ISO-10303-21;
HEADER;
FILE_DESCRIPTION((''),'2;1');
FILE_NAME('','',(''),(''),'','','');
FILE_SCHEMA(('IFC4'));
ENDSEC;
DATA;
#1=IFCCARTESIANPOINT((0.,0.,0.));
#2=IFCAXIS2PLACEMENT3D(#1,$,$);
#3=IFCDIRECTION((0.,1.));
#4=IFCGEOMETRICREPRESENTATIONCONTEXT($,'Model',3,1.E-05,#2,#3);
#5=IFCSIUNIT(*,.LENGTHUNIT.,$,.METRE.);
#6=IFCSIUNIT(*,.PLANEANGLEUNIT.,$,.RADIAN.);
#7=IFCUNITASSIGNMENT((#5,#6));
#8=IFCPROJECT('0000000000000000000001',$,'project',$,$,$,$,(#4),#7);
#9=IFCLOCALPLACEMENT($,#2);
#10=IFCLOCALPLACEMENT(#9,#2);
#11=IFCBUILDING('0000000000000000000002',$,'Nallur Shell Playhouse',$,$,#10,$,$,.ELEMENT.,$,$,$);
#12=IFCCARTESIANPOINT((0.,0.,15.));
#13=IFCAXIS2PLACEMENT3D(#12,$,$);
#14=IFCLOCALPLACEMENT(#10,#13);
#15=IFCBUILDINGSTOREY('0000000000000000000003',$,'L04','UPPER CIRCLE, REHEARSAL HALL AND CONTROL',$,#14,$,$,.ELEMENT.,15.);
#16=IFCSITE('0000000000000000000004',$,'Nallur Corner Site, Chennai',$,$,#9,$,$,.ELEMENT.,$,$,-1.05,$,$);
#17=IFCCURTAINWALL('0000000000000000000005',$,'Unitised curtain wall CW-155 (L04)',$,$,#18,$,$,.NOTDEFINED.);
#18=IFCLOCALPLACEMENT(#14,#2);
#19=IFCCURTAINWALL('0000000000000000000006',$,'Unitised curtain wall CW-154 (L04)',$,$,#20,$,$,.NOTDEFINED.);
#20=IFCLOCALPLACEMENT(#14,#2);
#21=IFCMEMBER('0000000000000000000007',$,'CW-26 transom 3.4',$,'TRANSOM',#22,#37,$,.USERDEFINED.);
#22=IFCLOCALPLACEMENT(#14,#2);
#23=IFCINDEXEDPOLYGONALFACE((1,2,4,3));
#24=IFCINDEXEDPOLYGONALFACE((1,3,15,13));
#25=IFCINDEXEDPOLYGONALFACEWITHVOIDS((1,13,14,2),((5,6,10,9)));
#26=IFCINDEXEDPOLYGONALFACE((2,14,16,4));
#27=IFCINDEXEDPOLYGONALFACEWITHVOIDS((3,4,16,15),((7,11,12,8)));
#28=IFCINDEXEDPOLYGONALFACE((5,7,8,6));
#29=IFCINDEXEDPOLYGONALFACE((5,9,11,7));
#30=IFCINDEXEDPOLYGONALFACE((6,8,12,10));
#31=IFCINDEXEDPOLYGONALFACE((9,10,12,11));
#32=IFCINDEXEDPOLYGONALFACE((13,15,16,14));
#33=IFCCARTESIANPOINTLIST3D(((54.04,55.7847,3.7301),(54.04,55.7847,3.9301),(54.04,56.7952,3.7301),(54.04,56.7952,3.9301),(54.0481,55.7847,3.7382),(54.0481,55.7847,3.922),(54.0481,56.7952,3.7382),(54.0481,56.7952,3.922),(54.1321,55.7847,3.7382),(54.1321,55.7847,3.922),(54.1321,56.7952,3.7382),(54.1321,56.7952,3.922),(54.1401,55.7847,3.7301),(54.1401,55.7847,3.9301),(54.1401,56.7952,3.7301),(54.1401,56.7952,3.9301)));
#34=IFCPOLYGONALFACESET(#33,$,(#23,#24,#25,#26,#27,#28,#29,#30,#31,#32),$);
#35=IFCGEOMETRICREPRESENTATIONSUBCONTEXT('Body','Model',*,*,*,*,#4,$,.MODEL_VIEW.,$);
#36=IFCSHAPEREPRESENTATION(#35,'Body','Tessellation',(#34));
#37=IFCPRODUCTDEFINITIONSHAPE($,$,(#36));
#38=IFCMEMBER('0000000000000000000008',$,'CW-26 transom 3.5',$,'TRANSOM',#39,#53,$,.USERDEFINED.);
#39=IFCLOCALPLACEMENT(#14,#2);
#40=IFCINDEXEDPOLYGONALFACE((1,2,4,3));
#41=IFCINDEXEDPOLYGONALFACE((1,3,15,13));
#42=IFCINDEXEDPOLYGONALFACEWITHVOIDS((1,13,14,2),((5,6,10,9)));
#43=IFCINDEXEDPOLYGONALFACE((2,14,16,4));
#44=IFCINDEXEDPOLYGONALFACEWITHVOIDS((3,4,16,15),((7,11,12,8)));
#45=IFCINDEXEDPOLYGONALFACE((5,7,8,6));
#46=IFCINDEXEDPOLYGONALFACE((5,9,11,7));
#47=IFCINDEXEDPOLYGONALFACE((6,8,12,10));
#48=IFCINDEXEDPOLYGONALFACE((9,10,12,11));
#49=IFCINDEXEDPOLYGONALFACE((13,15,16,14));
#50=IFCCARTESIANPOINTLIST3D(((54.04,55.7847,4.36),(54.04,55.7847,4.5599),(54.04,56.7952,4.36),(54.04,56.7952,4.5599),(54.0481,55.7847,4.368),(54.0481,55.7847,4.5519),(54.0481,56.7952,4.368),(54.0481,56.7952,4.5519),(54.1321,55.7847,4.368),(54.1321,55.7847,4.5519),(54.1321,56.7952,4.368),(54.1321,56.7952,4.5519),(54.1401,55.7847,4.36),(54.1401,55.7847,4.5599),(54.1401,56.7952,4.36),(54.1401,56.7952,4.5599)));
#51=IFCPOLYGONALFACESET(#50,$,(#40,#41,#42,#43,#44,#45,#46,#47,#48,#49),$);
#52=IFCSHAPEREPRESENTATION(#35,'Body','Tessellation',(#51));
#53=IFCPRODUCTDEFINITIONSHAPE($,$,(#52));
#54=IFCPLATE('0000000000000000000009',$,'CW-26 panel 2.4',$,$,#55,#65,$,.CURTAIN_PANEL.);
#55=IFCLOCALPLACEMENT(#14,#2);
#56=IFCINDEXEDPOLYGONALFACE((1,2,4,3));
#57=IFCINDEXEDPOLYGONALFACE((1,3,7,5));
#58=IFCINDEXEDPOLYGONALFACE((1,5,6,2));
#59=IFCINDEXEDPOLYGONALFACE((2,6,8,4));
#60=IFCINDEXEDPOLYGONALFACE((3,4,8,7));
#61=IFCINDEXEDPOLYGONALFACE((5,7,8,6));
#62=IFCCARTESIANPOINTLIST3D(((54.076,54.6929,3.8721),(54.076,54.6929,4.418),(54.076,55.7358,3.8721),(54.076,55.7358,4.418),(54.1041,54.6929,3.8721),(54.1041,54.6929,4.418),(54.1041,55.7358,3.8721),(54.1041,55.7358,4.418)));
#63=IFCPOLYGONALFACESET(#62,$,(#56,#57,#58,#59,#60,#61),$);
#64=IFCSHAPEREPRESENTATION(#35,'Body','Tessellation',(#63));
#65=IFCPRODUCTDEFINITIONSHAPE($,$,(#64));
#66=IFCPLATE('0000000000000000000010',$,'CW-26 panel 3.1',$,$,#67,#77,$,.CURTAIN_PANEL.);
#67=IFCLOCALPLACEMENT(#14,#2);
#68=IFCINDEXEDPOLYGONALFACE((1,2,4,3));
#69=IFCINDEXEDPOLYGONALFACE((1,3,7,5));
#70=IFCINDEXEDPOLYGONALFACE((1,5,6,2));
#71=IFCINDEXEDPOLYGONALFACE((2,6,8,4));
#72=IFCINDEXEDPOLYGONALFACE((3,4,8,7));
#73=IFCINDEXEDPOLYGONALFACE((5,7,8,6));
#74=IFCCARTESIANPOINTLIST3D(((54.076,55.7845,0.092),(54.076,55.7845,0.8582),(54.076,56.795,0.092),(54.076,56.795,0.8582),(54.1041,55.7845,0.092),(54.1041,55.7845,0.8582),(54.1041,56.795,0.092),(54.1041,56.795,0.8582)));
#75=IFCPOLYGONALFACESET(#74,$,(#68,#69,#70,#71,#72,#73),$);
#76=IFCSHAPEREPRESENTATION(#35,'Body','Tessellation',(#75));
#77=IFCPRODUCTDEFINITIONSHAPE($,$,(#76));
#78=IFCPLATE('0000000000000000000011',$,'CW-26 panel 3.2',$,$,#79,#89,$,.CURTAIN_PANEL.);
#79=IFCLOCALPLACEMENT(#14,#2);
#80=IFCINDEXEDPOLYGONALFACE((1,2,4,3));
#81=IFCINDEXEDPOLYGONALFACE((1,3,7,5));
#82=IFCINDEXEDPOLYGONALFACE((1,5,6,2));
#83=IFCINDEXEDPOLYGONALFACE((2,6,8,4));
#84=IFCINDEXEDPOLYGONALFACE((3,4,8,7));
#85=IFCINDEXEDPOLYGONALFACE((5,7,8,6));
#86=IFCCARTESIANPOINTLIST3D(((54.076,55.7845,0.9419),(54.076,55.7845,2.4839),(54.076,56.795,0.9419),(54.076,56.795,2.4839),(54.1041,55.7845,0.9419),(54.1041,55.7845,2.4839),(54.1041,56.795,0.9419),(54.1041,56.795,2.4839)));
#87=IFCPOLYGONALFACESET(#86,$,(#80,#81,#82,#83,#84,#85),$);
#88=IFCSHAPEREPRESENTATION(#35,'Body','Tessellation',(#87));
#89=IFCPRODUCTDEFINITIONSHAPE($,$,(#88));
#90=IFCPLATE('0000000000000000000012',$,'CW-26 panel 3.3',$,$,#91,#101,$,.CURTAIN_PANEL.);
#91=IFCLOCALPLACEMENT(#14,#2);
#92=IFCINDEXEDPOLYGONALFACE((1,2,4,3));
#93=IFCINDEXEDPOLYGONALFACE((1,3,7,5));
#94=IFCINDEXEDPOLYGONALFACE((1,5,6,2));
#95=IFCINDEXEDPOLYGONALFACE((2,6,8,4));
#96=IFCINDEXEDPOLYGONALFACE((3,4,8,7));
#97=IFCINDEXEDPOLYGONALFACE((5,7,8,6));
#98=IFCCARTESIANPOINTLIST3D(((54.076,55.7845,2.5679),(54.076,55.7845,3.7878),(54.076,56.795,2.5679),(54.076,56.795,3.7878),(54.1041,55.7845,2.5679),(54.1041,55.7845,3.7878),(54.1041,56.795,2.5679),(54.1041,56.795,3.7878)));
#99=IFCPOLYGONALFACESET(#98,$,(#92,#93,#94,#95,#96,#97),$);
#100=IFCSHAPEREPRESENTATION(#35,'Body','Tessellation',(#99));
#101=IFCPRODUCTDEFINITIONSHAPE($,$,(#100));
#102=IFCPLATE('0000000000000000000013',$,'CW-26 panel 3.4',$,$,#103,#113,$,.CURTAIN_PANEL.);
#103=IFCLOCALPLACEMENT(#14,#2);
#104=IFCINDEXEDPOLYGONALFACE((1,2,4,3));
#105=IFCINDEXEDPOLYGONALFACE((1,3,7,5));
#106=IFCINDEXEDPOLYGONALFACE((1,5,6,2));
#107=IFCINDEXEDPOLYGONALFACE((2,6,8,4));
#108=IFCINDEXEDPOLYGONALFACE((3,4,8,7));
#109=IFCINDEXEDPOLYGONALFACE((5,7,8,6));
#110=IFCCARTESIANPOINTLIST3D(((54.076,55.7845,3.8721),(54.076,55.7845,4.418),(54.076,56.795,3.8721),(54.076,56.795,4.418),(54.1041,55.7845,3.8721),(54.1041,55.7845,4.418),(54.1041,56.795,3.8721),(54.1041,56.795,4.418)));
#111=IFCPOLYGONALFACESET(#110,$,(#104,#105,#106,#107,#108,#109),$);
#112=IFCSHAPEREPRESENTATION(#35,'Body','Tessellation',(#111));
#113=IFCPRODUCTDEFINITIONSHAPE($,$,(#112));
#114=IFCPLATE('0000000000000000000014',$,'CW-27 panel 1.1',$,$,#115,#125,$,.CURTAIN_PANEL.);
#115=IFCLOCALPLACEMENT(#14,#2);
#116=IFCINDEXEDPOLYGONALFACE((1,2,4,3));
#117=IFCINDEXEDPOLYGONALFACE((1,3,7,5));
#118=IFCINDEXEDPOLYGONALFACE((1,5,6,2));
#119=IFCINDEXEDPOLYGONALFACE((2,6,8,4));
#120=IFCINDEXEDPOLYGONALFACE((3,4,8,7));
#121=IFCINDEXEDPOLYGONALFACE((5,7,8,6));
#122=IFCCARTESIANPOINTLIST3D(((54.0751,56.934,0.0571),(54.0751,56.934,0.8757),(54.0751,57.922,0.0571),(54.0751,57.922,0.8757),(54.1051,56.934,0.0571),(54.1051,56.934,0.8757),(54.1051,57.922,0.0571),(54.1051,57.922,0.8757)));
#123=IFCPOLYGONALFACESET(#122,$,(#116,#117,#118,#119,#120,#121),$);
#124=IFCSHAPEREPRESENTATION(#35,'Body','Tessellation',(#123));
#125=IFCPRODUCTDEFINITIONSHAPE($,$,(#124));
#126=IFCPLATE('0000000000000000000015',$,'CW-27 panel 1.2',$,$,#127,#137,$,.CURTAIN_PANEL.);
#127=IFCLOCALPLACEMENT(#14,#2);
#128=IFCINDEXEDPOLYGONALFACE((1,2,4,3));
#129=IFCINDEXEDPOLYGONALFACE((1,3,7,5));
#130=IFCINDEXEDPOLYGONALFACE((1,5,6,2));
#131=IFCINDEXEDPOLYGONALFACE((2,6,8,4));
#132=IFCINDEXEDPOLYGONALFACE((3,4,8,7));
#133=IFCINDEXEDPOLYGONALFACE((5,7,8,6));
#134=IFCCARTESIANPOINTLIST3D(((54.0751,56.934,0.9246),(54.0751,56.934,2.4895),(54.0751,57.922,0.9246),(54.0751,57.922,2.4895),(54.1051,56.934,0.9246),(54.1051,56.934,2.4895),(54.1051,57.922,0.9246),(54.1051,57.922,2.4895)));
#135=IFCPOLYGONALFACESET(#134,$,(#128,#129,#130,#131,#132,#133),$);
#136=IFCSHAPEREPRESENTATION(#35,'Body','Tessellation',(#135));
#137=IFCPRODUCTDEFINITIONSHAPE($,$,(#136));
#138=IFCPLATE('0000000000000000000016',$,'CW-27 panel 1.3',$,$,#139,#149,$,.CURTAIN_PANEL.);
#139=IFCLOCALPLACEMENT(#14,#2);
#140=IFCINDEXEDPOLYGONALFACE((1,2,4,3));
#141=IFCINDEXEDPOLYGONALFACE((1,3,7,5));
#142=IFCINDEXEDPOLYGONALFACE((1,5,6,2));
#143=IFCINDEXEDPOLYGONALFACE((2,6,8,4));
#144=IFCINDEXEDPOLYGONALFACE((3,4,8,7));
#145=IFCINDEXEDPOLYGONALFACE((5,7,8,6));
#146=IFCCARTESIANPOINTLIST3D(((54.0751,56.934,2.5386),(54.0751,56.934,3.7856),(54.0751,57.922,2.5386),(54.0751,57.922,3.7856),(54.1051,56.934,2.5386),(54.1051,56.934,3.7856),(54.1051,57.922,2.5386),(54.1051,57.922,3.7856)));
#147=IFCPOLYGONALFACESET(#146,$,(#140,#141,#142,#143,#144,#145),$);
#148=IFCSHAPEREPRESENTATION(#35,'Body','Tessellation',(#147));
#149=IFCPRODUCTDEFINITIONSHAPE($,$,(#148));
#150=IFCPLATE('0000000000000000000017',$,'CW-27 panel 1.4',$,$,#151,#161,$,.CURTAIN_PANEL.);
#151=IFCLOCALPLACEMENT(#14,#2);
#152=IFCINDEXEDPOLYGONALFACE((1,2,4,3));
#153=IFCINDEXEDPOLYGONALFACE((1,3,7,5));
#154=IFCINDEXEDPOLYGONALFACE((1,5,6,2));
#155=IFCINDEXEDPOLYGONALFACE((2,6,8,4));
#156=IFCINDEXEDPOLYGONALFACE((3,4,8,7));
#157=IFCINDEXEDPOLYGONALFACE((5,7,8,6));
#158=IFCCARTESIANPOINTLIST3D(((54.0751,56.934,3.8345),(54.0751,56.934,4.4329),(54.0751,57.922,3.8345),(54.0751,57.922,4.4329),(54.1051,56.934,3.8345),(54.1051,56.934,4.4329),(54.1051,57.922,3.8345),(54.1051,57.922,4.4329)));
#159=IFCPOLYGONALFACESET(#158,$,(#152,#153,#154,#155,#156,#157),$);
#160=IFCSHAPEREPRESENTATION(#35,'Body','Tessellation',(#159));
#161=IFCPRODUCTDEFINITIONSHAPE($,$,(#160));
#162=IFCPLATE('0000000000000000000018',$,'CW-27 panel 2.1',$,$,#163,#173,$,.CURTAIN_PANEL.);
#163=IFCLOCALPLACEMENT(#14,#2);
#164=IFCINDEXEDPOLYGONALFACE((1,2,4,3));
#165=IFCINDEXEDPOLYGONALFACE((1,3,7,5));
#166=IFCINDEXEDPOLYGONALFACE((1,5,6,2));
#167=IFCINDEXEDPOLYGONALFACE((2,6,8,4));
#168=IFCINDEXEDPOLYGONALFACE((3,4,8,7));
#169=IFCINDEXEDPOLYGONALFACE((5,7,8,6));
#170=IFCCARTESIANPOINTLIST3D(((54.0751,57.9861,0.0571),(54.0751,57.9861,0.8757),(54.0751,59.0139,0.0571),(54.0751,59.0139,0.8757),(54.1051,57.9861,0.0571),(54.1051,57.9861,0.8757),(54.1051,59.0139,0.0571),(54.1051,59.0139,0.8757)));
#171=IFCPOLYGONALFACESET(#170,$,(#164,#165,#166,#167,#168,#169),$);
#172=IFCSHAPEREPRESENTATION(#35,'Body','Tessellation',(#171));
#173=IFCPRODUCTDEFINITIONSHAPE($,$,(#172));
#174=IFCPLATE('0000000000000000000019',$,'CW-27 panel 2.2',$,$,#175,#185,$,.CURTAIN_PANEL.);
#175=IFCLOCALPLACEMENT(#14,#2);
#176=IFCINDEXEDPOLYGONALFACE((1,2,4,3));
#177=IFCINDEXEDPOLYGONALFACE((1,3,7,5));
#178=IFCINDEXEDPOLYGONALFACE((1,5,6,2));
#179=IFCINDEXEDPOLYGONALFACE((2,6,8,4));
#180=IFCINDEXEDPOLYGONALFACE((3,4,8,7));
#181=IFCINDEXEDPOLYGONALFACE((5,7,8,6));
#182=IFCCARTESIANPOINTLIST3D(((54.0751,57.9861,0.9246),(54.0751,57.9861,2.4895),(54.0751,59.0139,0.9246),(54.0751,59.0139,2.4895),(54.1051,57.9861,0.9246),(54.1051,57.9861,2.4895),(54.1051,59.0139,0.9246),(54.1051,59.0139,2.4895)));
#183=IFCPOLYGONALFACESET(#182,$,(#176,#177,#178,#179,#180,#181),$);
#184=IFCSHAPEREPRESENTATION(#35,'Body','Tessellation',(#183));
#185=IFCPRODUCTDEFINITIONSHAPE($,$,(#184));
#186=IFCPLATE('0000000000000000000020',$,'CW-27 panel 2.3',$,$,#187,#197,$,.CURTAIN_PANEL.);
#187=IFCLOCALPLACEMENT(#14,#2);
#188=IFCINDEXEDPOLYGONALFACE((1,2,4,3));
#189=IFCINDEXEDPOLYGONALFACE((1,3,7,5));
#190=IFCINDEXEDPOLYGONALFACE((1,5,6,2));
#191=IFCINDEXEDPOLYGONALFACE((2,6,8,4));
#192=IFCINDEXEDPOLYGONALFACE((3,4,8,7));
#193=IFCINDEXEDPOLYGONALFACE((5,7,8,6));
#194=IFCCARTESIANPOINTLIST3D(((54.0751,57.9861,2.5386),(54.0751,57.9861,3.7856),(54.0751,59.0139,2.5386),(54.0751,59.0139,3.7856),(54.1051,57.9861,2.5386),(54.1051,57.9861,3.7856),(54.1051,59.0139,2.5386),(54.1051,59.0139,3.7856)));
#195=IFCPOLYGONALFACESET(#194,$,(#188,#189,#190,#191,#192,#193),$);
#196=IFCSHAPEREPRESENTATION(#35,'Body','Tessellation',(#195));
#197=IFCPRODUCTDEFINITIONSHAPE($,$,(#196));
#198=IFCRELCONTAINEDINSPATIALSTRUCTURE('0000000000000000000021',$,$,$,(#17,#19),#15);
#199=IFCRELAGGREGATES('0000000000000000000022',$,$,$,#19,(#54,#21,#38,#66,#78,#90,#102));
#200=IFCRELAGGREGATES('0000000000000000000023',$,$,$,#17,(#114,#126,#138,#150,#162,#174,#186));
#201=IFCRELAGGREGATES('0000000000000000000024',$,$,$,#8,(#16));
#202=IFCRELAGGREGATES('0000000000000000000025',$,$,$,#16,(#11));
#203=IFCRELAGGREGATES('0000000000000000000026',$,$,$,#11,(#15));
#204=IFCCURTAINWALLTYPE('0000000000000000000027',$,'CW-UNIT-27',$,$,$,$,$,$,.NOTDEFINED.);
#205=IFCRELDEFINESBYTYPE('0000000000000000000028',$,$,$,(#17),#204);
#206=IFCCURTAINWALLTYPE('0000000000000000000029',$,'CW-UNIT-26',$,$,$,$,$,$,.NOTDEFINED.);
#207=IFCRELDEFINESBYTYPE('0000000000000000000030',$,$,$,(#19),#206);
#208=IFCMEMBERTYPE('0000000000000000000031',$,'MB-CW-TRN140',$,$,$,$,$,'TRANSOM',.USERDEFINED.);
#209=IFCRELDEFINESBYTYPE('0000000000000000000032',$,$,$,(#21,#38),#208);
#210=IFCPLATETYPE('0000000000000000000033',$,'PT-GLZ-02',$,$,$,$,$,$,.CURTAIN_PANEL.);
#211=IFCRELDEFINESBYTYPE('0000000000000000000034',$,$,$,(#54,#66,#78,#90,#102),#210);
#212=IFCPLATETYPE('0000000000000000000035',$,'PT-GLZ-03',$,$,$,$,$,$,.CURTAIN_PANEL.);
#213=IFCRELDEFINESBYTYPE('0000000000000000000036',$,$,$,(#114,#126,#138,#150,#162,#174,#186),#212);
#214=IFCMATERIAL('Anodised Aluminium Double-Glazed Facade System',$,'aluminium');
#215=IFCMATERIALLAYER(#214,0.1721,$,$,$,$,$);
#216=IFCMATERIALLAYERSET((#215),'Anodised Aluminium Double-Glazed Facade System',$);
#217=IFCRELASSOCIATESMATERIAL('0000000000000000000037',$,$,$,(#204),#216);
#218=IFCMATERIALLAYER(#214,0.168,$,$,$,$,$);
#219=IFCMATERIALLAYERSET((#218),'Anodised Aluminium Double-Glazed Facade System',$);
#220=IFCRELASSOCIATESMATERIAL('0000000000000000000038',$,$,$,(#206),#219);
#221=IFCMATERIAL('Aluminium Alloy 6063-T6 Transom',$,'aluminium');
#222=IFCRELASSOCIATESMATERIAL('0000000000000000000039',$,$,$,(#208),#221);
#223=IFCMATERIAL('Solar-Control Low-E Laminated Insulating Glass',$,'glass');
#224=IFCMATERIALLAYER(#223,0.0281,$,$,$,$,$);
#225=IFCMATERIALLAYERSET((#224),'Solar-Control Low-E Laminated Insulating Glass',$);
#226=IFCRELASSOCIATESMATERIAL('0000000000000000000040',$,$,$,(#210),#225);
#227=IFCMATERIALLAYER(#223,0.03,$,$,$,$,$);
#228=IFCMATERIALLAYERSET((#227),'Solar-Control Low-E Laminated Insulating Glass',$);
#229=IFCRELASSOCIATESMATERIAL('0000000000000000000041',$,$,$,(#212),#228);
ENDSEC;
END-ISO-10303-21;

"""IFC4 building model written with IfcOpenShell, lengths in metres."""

from ifc_helpers import new_model, si_unit, direction, frame, origin, origin_2d, place, context, subcontext, project, spatial, rectangle, hollow_rectangle, extrude, material, layer, layer_set, material_profile, profile_set, type_object, element, aggregate, save


model = new_model("IFC4")

# Units and contexts
model_context = context("Model", 3, precision=1e-05, world=origin(), true_north=direction((0.0, 1.0)))
body_context = subcontext(model_context, "Body", "Model", "MODEL_VIEW")
ifc_project = project(units=[si_unit("LENGTHUNIT", "METRE"), si_unit("PLANEANGLEUNIT", "RADIAN")], contexts=[model_context])

# Site, building, storey
site_placement = place(None, origin())
site = spatial("IfcSite", under=ifc_project, at=site_placement, Name="Nallur Corner Site, Chennai", CompositionType="ELEMENT", RefElevation=-1.05)
building_placement = place(site_placement, origin())
building = spatial("IfcBuilding", under=site, at=building_placement, Name="Nallur Shell Playhouse", CompositionType="ELEMENT")
storey_placement = place(building_placement, frame((0.0, 0.0, 15.0)))
storey = spatial("IfcBuildingStorey", under=building, at=storey_placement, Name="L04", Description="UPPER CIRCLE, REHEARSAL HALL AND CONTROL", CompositionType="ELEMENT", Elevation=15.0)

# Curtain walls
ifc_material_1 = material(Name="Anodised Aluminium Double-Glazed Facade System", Category="aluminium")
ifc_layer_1 = layer(ifc_material_1, 0.1721)
ifc_layer_set_1 = layer_set([ifc_layer_1], Name="Anodised Aluminium Double-Glazed Facade System")
curtain_wall_type_1 = type_object("IfcCurtainWallType", Name="CW-UNIT-27", PredefinedType="NOTDEFINED", material=ifc_layer_set_1)
curtain_wall_1_placement = place(storey_placement, origin())
curtain_wall_1 = element("IfcCurtainWall", 1, at=curtain_wall_1_placement, inside=storey, type_object=curtain_wall_type_1, Name="Unitised curtain wall CW-155 (L04)", PredefinedType="NOTDEFINED")
ifc_layer_2 = layer(ifc_material_1, 0.168)
ifc_layer_set_2 = layer_set([ifc_layer_2], Name="Anodised Aluminium Double-Glazed Facade System")
curtain_wall_type_2 = type_object("IfcCurtainWallType", Name="CW-UNIT-26", PredefinedType="NOTDEFINED", material=ifc_layer_set_2)
curtain_wall_2_placement = place(storey_placement, origin())
curtain_wall_2 = element("IfcCurtainWall", 2, at=curtain_wall_2_placement, inside=storey, type_object=curtain_wall_type_2, Name="Unitised curtain wall CW-154 (L04)", PredefinedType="NOTDEFINED")

# Members
ifc_material_2 = material(Name="Aluminium Alloy 6063-T6 Transom", Category="aluminium")
ifc_material_profile_1 = material_profile(ifc_material_2, hollow_rectangle(XDim=0.1001, YDim=0.2, WallThickness=0.0081, at=origin_2d()), Name="RHS 200x100x8")
ifc_profile_set_1 = profile_set([ifc_material_profile_1], Name="Aluminium Alloy 6063-T6 Transom")
member_type_1 = type_object("IfcMemberType", Name="MB-CW-TRN140", ElementType="TRANSOM", PredefinedType="USERDEFINED", material=ifc_profile_set_1)
member_1_placement = place(storey_placement, frame((54.0901, 55.7847, 3.8301), z_axis=(0.0, 1.0, 0.0), x_axis=(-1.0, 0.0, 0.0)))
member_1 = element("IfcMember", 3, at=member_1_placement, type_object=member_type_1, Name="CW-26 transom 3.4", ObjectType="TRANSOM", PredefinedType="USERDEFINED", context=body_context, shape_type="SweptSolid", body=[
    extrude(hollow_rectangle(XDim=0.1001, YDim=0.2, WallThickness=0.0081, at=origin_2d()), origin(), (0.0, 0.0, 1.0), 1.0105),
])
member_2_placement = place(storey_placement, frame((54.0901, 55.7847, 4.46), z_axis=(0.0, 1.0, 0.0), x_axis=(-1.0, 0.0, 0.0)))
member_2 = element("IfcMember", 4, at=member_2_placement, type_object=member_type_1, Name="CW-26 transom 3.5", ObjectType="TRANSOM", PredefinedType="USERDEFINED", context=body_context, shape_type="SweptSolid", body=[
    extrude(hollow_rectangle(XDim=0.1001, YDim=0.2, WallThickness=0.0081, at=origin_2d()), origin(), (0.0, 0.0, 1.0), 1.0105),
])

# Plates
ifc_material_3 = material(Name="Solar-Control Low-E Laminated Insulating Glass", Category="glass")
ifc_layer_3 = layer(ifc_material_3, 0.0281)
ifc_layer_set_3 = layer_set([ifc_layer_3], Name="Solar-Control Low-E Laminated Insulating Glass")
plate_type_1 = type_object("IfcPlateType", Name="PT-GLZ-02", PredefinedType="CURTAIN_PANEL", material=ifc_layer_set_3)
plate_1_placement = place(storey_placement, frame((54.0901, 55.2144, 3.8721), z_axis=(0.0, 0.0, 1.0), x_axis=(0.0, 1.0, 0.0)))
plate_1 = element("IfcPlate", 5, at=plate_1_placement, type_object=plate_type_1, Name="CW-26 panel 2.4", PredefinedType="CURTAIN_PANEL", context=body_context, shape_type="SweptSolid", body=[
    extrude(rectangle(XDim=1.043, YDim=0.0281, at=origin_2d()), origin(), (0.0, 0.0, 1.0), 0.5459),
])
plate_2_placement = place(storey_placement, frame((54.0901, 56.2898, 0.092), z_axis=(0.0, 0.0, 1.0), x_axis=(0.0, 1.0, 0.0)))
plate_2 = element("IfcPlate", 6, at=plate_2_placement, type_object=plate_type_1, Name="CW-26 panel 3.1", PredefinedType="CURTAIN_PANEL", context=body_context, shape_type="SweptSolid", body=[
    extrude(rectangle(XDim=1.0105, YDim=0.0281, at=origin_2d()), origin(), (0.0, 0.0, 1.0), 0.7661),
])
plate_3_placement = place(storey_placement, frame((54.0901, 56.2898, 0.9419), z_axis=(0.0, 0.0, 1.0), x_axis=(0.0, 1.0, 0.0)))
plate_3 = element("IfcPlate", 7, at=plate_3_placement, type_object=plate_type_1, Name="CW-26 panel 3.2", PredefinedType="CURTAIN_PANEL", context=body_context, shape_type="SweptSolid", body=[
    extrude(rectangle(XDim=1.0105, YDim=0.0281, at=origin_2d()), origin(), (0.0, 0.0, 1.0), 1.542),
])
plate_4_placement = place(storey_placement, frame((54.0901, 56.2898, 2.5679), z_axis=(0.0, 0.0, 1.0), x_axis=(0.0, 1.0, 0.0)))
plate_4 = element("IfcPlate", 8, at=plate_4_placement, type_object=plate_type_1, Name="CW-26 panel 3.3", PredefinedType="CURTAIN_PANEL", context=body_context, shape_type="SweptSolid", body=[
    extrude(rectangle(XDim=1.0105, YDim=0.0281, at=origin_2d()), origin(), (0.0, 0.0, 1.0), 1.22),
])
plate_5_placement = place(storey_placement, frame((54.0901, 56.2898, 3.8721), z_axis=(0.0, 0.0, 1.0), x_axis=(0.0, 1.0, 0.0)))
plate_5 = element("IfcPlate", 9, at=plate_5_placement, type_object=plate_type_1, Name="CW-26 panel 3.4", PredefinedType="CURTAIN_PANEL", context=body_context, shape_type="SweptSolid", body=[
    extrude(rectangle(XDim=1.0105, YDim=0.0281, at=origin_2d()), origin(), (0.0, 0.0, 1.0), 0.5459),
])
aggregate(curtain_wall_2, [plate_1, member_1, member_2, plate_2, plate_3, plate_4, plate_5])
ifc_layer_4 = layer(ifc_material_3, 0.03)
ifc_layer_set_4 = layer_set([ifc_layer_4], Name="Solar-Control Low-E Laminated Insulating Glass")
plate_type_2 = type_object("IfcPlateType", Name="PT-GLZ-03", PredefinedType="CURTAIN_PANEL", material=ifc_layer_set_4)
plate_6_placement = place(storey_placement, frame((54.0901, 57.428, 0.0571), z_axis=(0.0, 0.0, 1.0), x_axis=(0.0, 1.0, 0.0)))
plate_6 = element("IfcPlate", 10, at=plate_6_placement, type_object=plate_type_2, Name="CW-27 panel 1.1", PredefinedType="CURTAIN_PANEL", context=body_context, shape_type="SweptSolid", body=[
    extrude(rectangle(XDim=0.988, YDim=0.03, at=origin_2d()), origin(), (0.0, 0.0, 1.0), 0.8186),
])
plate_7_placement = place(storey_placement, frame((54.0901, 57.428, 0.9246), z_axis=(0.0, 0.0, 1.0), x_axis=(0.0, 1.0, 0.0)))
plate_7 = element("IfcPlate", 11, at=plate_7_placement, type_object=plate_type_2, Name="CW-27 panel 1.2", PredefinedType="CURTAIN_PANEL", context=body_context, shape_type="SweptSolid", body=[
    extrude(rectangle(XDim=0.988, YDim=0.03, at=origin_2d()), origin(), (0.0, 0.0, 1.0), 1.5649),
])
plate_8_placement = place(storey_placement, frame((54.0901, 57.428, 2.5386), z_axis=(0.0, 0.0, 1.0), x_axis=(0.0, 1.0, 0.0)))
plate_8 = element("IfcPlate", 12, at=plate_8_placement, type_object=plate_type_2, Name="CW-27 panel 1.3", PredefinedType="CURTAIN_PANEL", context=body_context, shape_type="SweptSolid", body=[
    extrude(rectangle(XDim=0.988, YDim=0.03, at=origin_2d()), origin(), (0.0, 0.0, 1.0), 1.2471),
])
plate_9_placement = place(storey_placement, frame((54.0901, 57.428, 3.8345), z_axis=(0.0, 0.0, 1.0), x_axis=(0.0, 1.0, 0.0)))
plate_9 = element("IfcPlate", 13, at=plate_9_placement, type_object=plate_type_2, Name="CW-27 panel 1.4", PredefinedType="CURTAIN_PANEL", context=body_context, shape_type="SweptSolid", body=[
    extrude(rectangle(XDim=0.988, YDim=0.03, at=origin_2d()), origin(), (0.0, 0.0, 1.0), 0.5984),
])
plate_10_placement = place(storey_placement, frame((54.0901, 58.5, 0.0571), z_axis=(0.0, 0.0, 1.0), x_axis=(0.0, 1.0, 0.0)))
plate_10 = element("IfcPlate", 14, at=plate_10_placement, type_object=plate_type_2, Name="CW-27 panel 2.1", PredefinedType="CURTAIN_PANEL", context=body_context, shape_type="SweptSolid", body=[
    extrude(rectangle(XDim=1.0278, YDim=0.03, at=origin_2d()), origin(), (0.0, 0.0, 1.0), 0.8186),
])
plate_11_placement = place(storey_placement, frame((54.0901, 58.5, 0.9246), z_axis=(0.0, 0.0, 1.0), x_axis=(0.0, 1.0, 0.0)))
plate_11 = element("IfcPlate", 15, at=plate_11_placement, type_object=plate_type_2, Name="CW-27 panel 2.2", PredefinedType="CURTAIN_PANEL", context=body_context, shape_type="SweptSolid", body=[
    extrude(rectangle(XDim=1.0278, YDim=0.03, at=origin_2d()), origin(), (0.0, 0.0, 1.0), 1.5649),
])
plate_12_placement = place(storey_placement, frame((54.0901, 58.5, 2.5386), z_axis=(0.0, 0.0, 1.0), x_axis=(0.0, 1.0, 0.0)))
plate_12 = element("IfcPlate", 16, at=plate_12_placement, type_object=plate_type_2, Name="CW-27 panel 2.3", PredefinedType="CURTAIN_PANEL", context=body_context, shape_type="SweptSolid", body=[
    extrude(rectangle(XDim=1.0278, YDim=0.03, at=origin_2d()), origin(), (0.0, 0.0, 1.0), 1.2471),
])
aggregate(curtain_wall_1, [plate_6, plate_7, plate_8, plate_9, plate_10, plate_11, plate_12])

save(model, "model.ifc")
